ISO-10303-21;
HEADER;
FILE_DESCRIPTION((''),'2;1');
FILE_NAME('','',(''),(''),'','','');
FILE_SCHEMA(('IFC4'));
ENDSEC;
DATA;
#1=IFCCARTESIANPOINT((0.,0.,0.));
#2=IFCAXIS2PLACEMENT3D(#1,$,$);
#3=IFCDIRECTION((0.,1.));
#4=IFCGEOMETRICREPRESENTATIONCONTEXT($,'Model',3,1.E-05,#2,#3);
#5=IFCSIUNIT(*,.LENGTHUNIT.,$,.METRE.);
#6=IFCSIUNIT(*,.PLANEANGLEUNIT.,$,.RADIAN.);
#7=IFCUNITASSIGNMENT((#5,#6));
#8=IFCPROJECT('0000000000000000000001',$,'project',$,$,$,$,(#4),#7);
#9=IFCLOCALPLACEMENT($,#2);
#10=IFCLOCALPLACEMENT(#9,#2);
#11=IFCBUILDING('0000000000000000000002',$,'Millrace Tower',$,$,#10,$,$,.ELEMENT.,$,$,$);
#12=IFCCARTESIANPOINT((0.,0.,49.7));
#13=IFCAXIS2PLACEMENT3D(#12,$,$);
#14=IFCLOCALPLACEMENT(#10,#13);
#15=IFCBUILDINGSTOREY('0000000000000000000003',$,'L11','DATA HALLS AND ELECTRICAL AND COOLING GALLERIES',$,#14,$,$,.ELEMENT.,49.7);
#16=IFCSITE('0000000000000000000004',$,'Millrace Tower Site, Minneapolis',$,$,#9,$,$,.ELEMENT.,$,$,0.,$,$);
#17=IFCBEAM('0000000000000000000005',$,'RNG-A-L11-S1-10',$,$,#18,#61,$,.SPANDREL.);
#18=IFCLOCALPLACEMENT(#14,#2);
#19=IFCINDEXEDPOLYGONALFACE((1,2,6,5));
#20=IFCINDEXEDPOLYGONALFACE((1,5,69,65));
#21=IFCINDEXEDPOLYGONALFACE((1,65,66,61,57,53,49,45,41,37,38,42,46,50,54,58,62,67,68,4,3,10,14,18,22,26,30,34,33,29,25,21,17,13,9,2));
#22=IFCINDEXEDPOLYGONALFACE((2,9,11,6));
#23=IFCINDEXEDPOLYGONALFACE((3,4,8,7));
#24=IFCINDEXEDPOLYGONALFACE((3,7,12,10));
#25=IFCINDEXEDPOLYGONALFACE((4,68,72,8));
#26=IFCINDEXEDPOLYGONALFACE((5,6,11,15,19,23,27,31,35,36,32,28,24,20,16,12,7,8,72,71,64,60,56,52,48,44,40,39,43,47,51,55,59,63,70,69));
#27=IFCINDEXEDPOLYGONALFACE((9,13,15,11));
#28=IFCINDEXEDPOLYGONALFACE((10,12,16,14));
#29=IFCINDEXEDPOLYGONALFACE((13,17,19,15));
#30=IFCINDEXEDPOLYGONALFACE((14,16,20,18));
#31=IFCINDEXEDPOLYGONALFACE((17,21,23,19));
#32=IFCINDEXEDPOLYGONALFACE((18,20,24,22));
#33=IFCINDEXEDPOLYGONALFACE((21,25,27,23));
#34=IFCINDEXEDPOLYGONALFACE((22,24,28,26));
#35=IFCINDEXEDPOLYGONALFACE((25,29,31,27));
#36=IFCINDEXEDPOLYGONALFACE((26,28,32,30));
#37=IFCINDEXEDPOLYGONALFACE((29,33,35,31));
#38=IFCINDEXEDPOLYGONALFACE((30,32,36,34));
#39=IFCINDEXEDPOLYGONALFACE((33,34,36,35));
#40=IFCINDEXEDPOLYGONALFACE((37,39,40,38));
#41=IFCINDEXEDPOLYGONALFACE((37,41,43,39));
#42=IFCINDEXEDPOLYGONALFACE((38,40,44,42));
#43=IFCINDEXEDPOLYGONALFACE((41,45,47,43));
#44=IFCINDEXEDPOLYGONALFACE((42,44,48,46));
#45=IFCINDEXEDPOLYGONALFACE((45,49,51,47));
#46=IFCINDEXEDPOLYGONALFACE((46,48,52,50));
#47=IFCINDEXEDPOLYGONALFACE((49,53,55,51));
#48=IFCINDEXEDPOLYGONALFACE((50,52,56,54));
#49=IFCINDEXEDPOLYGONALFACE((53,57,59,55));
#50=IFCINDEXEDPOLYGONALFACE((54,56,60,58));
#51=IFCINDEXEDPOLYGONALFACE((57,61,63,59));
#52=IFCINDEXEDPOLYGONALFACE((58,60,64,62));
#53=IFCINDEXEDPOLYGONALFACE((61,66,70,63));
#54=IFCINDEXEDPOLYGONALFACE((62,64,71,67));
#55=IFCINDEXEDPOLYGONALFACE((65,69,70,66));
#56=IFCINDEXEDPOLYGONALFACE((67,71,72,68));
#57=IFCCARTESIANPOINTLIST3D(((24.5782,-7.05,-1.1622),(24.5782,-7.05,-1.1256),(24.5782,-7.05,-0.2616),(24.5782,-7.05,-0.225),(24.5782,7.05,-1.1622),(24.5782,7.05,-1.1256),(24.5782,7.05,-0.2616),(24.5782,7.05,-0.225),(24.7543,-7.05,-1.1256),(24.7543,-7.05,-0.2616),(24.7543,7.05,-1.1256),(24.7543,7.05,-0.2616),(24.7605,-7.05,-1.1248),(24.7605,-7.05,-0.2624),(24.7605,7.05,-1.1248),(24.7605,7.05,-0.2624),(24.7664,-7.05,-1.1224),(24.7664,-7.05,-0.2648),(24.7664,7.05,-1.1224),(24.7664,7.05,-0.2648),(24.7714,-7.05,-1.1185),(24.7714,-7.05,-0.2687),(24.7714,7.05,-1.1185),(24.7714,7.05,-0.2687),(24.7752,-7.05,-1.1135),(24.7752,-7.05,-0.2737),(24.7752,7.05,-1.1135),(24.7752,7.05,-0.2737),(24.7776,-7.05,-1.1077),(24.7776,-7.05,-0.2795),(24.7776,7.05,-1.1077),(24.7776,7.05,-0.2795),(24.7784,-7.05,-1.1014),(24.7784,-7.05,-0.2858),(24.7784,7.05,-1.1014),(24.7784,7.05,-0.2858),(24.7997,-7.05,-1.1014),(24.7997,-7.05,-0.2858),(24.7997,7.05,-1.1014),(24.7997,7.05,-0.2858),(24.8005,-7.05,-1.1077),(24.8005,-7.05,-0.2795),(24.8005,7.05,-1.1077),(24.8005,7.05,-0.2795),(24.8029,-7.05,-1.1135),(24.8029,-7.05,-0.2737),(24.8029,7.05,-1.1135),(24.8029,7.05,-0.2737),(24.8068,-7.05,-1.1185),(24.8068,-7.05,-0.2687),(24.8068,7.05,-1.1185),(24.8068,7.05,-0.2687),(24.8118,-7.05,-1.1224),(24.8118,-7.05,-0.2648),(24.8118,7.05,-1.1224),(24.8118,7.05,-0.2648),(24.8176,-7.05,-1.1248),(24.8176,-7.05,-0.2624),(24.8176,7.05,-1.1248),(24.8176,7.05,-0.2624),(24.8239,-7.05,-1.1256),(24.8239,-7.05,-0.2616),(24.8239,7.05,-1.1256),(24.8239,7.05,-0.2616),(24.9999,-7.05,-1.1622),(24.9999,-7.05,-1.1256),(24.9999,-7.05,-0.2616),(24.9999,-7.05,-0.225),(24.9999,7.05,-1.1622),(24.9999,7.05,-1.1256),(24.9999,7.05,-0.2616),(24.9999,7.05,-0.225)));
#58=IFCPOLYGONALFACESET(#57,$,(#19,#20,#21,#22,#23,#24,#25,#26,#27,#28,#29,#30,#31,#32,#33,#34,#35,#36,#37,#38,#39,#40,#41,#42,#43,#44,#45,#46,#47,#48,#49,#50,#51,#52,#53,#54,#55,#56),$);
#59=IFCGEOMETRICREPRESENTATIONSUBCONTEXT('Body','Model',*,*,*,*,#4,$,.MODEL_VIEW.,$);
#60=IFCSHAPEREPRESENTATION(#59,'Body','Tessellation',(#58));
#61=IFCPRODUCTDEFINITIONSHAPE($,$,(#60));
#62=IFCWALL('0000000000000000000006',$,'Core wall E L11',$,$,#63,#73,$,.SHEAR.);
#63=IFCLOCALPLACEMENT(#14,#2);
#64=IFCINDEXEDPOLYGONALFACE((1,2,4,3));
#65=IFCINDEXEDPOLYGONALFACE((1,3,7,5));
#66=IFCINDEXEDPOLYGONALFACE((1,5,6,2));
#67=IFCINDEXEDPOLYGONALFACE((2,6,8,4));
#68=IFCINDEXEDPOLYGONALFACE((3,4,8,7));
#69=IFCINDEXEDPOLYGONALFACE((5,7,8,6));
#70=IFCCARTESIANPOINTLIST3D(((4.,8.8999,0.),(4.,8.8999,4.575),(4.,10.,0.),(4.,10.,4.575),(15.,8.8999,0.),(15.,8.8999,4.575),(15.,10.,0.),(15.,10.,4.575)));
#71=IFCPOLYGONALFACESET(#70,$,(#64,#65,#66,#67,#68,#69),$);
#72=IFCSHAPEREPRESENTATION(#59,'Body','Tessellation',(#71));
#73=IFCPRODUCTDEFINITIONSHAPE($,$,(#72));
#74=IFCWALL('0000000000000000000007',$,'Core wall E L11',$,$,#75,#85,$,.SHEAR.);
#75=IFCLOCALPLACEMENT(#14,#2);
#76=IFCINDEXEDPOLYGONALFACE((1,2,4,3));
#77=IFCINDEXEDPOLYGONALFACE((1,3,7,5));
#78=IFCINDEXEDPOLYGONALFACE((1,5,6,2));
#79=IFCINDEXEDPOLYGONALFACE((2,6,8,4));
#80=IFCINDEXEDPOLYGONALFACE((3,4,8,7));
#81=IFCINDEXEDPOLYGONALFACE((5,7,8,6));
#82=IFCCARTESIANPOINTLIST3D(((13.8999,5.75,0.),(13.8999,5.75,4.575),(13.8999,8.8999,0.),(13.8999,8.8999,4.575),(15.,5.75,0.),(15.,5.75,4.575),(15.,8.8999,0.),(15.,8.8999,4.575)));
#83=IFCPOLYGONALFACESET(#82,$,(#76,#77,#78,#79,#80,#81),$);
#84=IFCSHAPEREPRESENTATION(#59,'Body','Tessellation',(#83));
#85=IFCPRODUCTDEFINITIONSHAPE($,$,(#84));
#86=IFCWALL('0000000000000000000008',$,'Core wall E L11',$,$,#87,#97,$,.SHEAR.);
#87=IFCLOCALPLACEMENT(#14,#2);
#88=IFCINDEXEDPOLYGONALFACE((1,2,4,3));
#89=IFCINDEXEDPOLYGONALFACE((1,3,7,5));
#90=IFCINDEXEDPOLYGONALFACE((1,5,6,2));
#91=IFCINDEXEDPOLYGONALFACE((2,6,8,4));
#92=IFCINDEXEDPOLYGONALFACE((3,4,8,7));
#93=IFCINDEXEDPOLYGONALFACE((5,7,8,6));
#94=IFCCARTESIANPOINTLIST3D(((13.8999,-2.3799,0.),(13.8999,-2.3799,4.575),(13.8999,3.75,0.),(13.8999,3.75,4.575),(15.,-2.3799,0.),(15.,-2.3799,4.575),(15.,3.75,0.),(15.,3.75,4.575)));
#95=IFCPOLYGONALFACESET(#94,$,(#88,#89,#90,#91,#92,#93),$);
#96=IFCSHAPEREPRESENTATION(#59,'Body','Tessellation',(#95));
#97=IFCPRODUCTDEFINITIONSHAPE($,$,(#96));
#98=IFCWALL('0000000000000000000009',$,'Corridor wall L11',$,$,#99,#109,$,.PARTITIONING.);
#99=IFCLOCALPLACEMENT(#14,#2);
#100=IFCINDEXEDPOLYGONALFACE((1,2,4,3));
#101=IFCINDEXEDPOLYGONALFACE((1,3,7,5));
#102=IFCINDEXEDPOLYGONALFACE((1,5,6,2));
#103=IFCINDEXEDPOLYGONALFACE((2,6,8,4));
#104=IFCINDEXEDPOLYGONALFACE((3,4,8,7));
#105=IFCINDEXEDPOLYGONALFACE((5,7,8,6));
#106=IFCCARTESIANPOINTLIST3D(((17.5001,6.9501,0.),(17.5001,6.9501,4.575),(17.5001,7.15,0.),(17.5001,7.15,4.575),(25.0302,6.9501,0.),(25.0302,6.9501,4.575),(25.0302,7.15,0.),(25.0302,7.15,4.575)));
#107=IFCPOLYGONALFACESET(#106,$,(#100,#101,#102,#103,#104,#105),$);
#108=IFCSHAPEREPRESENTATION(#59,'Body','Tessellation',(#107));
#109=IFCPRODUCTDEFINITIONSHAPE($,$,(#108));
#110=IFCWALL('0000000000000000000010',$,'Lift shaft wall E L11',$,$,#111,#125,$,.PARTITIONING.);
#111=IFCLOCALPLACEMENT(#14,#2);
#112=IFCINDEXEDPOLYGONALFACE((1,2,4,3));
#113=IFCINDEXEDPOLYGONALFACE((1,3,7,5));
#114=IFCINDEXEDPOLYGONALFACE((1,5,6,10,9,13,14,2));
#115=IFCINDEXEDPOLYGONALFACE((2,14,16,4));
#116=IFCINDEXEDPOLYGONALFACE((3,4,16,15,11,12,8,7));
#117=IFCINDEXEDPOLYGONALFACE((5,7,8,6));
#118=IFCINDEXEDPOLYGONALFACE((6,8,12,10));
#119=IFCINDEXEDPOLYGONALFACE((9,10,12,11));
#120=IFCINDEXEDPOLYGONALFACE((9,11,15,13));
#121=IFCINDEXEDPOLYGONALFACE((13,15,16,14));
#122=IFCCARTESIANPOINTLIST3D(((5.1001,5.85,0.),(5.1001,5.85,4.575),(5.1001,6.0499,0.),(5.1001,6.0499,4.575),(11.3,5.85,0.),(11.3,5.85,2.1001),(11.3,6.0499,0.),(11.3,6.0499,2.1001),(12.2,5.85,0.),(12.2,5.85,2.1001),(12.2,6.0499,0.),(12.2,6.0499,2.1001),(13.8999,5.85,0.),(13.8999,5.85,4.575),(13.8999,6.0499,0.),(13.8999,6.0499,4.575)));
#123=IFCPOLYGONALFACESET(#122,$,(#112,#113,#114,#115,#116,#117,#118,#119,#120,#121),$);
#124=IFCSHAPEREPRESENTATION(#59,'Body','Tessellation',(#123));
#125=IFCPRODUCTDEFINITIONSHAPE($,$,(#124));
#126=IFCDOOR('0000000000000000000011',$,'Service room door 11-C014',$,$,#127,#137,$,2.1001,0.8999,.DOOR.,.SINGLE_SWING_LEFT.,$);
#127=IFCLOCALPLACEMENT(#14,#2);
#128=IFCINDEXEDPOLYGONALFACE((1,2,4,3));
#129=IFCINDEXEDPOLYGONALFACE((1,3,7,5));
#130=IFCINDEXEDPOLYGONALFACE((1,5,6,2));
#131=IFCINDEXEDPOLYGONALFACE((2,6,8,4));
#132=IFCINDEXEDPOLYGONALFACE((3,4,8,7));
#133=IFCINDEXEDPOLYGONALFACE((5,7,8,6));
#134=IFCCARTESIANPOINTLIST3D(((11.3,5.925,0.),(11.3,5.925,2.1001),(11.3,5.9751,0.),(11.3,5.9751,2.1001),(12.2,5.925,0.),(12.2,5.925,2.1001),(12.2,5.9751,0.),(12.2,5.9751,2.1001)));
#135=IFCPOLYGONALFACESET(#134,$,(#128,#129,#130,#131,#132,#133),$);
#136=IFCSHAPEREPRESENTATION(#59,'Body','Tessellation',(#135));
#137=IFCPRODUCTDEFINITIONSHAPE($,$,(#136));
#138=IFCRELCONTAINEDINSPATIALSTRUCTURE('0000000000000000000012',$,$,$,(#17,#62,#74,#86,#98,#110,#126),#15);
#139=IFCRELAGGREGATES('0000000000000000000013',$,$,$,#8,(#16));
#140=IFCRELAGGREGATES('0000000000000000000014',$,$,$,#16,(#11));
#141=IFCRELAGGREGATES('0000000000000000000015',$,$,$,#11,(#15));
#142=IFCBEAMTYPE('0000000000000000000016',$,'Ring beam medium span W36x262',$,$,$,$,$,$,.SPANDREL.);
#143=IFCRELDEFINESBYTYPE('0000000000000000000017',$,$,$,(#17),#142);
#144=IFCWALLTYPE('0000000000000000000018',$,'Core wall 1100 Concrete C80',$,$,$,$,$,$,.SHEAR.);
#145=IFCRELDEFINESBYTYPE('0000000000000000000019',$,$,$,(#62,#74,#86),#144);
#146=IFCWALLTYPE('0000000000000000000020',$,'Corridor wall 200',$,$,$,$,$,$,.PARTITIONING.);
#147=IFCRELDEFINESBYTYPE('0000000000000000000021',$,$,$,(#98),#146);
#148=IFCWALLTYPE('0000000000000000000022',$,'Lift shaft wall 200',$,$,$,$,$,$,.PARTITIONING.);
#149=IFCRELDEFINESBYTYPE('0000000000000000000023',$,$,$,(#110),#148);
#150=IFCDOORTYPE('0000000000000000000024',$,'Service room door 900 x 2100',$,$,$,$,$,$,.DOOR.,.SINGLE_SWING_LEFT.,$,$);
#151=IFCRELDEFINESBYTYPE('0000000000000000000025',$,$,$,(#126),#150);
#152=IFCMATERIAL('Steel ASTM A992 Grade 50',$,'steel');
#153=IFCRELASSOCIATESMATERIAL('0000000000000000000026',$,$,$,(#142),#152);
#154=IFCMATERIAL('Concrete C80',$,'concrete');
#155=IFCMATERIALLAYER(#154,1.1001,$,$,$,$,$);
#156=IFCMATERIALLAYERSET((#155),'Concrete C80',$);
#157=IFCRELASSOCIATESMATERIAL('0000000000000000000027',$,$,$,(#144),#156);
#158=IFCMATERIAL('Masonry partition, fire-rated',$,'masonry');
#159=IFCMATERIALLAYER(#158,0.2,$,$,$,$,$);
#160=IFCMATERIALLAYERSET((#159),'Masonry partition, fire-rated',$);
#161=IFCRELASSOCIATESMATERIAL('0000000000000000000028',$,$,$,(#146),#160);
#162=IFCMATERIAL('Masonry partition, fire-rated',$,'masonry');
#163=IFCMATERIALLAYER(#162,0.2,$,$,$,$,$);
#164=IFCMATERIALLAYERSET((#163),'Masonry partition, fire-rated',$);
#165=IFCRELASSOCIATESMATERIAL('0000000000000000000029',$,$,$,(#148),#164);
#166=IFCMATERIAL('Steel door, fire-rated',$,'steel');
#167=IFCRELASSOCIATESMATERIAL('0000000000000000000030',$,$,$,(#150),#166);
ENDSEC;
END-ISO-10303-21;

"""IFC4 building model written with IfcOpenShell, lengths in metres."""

from ifc_helpers import new_model, si_unit, direction, frame, frame_2d, origin, origin_2d, place, context, subcontext, project, spatial, rectangle, i_section, extrude, material, layer, layer_set, material_profile, profile_set, type_object, element, fill, save


model = new_model("IFC4")

# Units and contexts
model_context = context("Model", 3, precision=1e-05, world=origin(), true_north=direction((0.0, 1.0)))
body_context = subcontext(model_context, "Body", "Model", "MODEL_VIEW")
ifc_project = project(units=[si_unit("LENGTHUNIT", "METRE"), si_unit("PLANEANGLEUNIT", "RADIAN")], contexts=[model_context])

# Site, building, storey
site_placement = place(None, origin())
site = spatial("IfcSite", under=ifc_project, at=site_placement, Name="Millrace Tower Site, Minneapolis", CompositionType="ELEMENT", RefElevation=0.0)
building_placement = place(site_placement, origin())
building = spatial("IfcBuilding", under=site, at=building_placement, Name="Millrace Tower", CompositionType="ELEMENT")
storey_placement = place(building_placement, frame((0.0, 0.0, 49.7)))
storey = spatial("IfcBuildingStorey", under=building, at=storey_placement, Name="L11", Description="DATA HALLS AND ELECTRICAL AND COOLING GALLERIES", CompositionType="ELEMENT", Elevation=49.7)

# Beam
ifc_material_1 = material(Name="Steel ASTM A992 Grade 50", Category="steel")
ifc_material_profile_1 = material_profile(ifc_material_1, i_section(OverallWidth=0.4216, OverallDepth=0.9373, WebThickness=0.0212, FlangeThickness=0.0366, FilletRadius=0.0242, at=origin_2d()))
ifc_profile_set_1 = profile_set([ifc_material_profile_1], Name="Steel ASTM A992 Grade 50")
beam_type_1 = type_object("IfcBeamType", Name="Ring beam medium span W36x262", PredefinedType="SPANDREL", material=ifc_profile_set_1)
beam_1_placement = place(storey_placement, frame((24.7891, 7.05, -0.6936), z_axis=(0.0, -1.0, 0.0), x_axis=(1.0, 0.0, 0.0)))
element("IfcBeam", 1, at=beam_1_placement, inside=storey, type_object=beam_type_1, Name="RNG-A-L11-S1-10", PredefinedType="SPANDREL", context=body_context, shape_type="SweptSolid", body=[
    extrude(i_section(OverallWidth=0.4216, OverallDepth=0.9373, WebThickness=0.0212, FlangeThickness=0.0366, FilletRadius=0.0242, at=origin_2d()), origin(), (0.0, 0.0, 1.0), 14.1001),
])

# Walls
ifc_material_2 = material(Name="Concrete C80", Category="concrete")
ifc_layer_1 = layer(ifc_material_2, 1.1001)
ifc_layer_set_1 = layer_set([ifc_layer_1], Name="Concrete C80")
wall_type_1 = type_object("IfcWallType", Name="Core wall 1100 Concrete C80", PredefinedType="SHEAR", material=ifc_layer_set_1)
wall_1_placement = place(storey_placement, frame((15.0, 9.45, 0.0), z_axis=(0.0, 0.0, 1.0), x_axis=(-1.0, 0.0, 0.0)))
element("IfcWall", 2, at=wall_1_placement, inside=storey, type_object=wall_type_1, Name="Core wall E L11", PredefinedType="SHEAR", context=body_context, shape_type="SweptSolid", body=[
    extrude(rectangle(XDim=11.0, YDim=1.1001, at=frame_2d((5.5, 0.0))), origin(), (0.0, 0.0, 1.0), 4.575),
])
wall_2_placement = place(storey_placement, frame((14.45, 8.8999, 0.0), z_axis=(0.0, 0.0, 1.0), x_axis=(0.0, -1.0, 0.0)))
element("IfcWall", 3, at=wall_2_placement, inside=storey, type_object=wall_type_1, Name="Core wall E L11", PredefinedType="SHEAR", context=body_context, shape_type="SweptSolid", body=[
    extrude(rectangle(XDim=3.1499, YDim=1.1001, at=frame_2d((1.575, 0.0))), origin(), (0.0, 0.0, 1.0), 4.575),
])
wall_3_placement = place(storey_placement, frame((14.45, 3.75, 0.0), z_axis=(0.0, 0.0, 1.0), x_axis=(0.0, -1.0, 0.0)))
element("IfcWall", 4, at=wall_3_placement, inside=storey, type_object=wall_type_1, Name="Core wall E L11", PredefinedType="SHEAR", context=body_context, shape_type="SweptSolid", body=[
    extrude(rectangle(XDim=6.1299, YDim=1.1001, at=frame_2d((3.0649, 0.0))), origin(), (0.0, 0.0, 1.0), 4.575),
])
ifc_material_3 = material(Name="Masonry partition, fire-rated", Category="masonry")
ifc_layer_2 = layer(ifc_material_3, 0.2)
ifc_layer_set_2 = layer_set([ifc_layer_2], Name="Masonry partition, fire-rated")
wall_type_2 = type_object("IfcWallType", Name="Corridor wall 200", PredefinedType="PARTITIONING", material=ifc_layer_set_2)
wall_4_placement = place(storey_placement, frame((17.5, 7.05, 0.0), z_axis=(0.0, 0.0, 1.0), x_axis=(1.0, 0.0, 0.0)))
element("IfcWall", 5, at=wall_4_placement, inside=storey, type_object=wall_type_2, Name="Corridor wall L11", PredefinedType="PARTITIONING", context=body_context, shape_type="SweptSolid", body=[
    extrude(rectangle(XDim=7.53, YDim=0.2, at=frame_2d((3.7651, 0.0))), origin(), (0.0, 0.0, 1.0), 4.575),
])

# Wall, opening, door
ifc_material_4 = material(Name="Masonry partition, fire-rated", Category="masonry")
ifc_layer_3 = layer(ifc_material_4, 0.2)
ifc_layer_set_3 = layer_set([ifc_layer_3], Name="Masonry partition, fire-rated")
wall_type_3 = type_object("IfcWallType", Name="Lift shaft wall 200", PredefinedType="PARTITIONING", material=ifc_layer_set_3)
wall_5_placement = place(storey_placement, frame((13.8999, 5.95, 0.0), z_axis=(0.0, 0.0, 1.0), x_axis=(-1.0, 0.0, 0.0)))
wall_5 = element("IfcWall", 6, at=wall_5_placement, inside=storey, type_object=wall_type_3, Name="Lift shaft wall E L11", PredefinedType="PARTITIONING", context=body_context, shape_type="SweptSolid", body=[
    extrude(rectangle(XDim=8.7998, YDim=0.2, at=frame_2d((4.3999, 0.0))), origin(), (0.0, 0.0, 1.0), 4.575),
])
opening_1_placement = place(wall_5_placement, frame((1.7, 0.0, 0.0)))
opening_1 = element("IfcOpeningElement", 7, at=opening_1_placement, cuts=wall_5, PredefinedType="OPENING", context=body_context, shape_type="SweptSolid", body=[
    extrude(rectangle(XDim=0.8999, YDim=2.1001, at=frame_2d((0.45, 1.05))), frame((0.0, 0.1099, 0.0), z_axis=(0.0, -1.0, 0.0), x_axis=(1.0, 0.0, 0.0)), (0.0, 0.0, 1.0), 0.22),
])
ifc_material_5 = material(Name="Steel door, fire-rated", Category="steel")
door_type_1 = type_object("IfcDoorType", Name="Service room door 900 x 2100", OperationType="SINGLE_SWING_LEFT", PredefinedType="DOOR", material=ifc_material_5)
door_1_placement = place(opening_1_placement, origin())
door_1 = element("IfcDoor", 8, at=door_1_placement, inside=storey, type_object=door_type_1, Name="Service room door 11-C014", OperationType="SINGLE_SWING_LEFT", OverallHeight=2.1001, OverallWidth=0.8999, PredefinedType="DOOR", context=body_context, shape_type="SweptSolid", body=[
    extrude(rectangle(XDim=0.8999, YDim=2.1001, at=frame_2d((0.45, 1.05))), frame((0.0, 0.0249, 0.0), z_axis=(0.0, -1.0, 0.0), x_axis=(1.0, 0.0, 0.0)), (0.0, 0.0, 1.0), 0.05),
])
fill(opening_1, door_1)

save(model, "model.ifc")
